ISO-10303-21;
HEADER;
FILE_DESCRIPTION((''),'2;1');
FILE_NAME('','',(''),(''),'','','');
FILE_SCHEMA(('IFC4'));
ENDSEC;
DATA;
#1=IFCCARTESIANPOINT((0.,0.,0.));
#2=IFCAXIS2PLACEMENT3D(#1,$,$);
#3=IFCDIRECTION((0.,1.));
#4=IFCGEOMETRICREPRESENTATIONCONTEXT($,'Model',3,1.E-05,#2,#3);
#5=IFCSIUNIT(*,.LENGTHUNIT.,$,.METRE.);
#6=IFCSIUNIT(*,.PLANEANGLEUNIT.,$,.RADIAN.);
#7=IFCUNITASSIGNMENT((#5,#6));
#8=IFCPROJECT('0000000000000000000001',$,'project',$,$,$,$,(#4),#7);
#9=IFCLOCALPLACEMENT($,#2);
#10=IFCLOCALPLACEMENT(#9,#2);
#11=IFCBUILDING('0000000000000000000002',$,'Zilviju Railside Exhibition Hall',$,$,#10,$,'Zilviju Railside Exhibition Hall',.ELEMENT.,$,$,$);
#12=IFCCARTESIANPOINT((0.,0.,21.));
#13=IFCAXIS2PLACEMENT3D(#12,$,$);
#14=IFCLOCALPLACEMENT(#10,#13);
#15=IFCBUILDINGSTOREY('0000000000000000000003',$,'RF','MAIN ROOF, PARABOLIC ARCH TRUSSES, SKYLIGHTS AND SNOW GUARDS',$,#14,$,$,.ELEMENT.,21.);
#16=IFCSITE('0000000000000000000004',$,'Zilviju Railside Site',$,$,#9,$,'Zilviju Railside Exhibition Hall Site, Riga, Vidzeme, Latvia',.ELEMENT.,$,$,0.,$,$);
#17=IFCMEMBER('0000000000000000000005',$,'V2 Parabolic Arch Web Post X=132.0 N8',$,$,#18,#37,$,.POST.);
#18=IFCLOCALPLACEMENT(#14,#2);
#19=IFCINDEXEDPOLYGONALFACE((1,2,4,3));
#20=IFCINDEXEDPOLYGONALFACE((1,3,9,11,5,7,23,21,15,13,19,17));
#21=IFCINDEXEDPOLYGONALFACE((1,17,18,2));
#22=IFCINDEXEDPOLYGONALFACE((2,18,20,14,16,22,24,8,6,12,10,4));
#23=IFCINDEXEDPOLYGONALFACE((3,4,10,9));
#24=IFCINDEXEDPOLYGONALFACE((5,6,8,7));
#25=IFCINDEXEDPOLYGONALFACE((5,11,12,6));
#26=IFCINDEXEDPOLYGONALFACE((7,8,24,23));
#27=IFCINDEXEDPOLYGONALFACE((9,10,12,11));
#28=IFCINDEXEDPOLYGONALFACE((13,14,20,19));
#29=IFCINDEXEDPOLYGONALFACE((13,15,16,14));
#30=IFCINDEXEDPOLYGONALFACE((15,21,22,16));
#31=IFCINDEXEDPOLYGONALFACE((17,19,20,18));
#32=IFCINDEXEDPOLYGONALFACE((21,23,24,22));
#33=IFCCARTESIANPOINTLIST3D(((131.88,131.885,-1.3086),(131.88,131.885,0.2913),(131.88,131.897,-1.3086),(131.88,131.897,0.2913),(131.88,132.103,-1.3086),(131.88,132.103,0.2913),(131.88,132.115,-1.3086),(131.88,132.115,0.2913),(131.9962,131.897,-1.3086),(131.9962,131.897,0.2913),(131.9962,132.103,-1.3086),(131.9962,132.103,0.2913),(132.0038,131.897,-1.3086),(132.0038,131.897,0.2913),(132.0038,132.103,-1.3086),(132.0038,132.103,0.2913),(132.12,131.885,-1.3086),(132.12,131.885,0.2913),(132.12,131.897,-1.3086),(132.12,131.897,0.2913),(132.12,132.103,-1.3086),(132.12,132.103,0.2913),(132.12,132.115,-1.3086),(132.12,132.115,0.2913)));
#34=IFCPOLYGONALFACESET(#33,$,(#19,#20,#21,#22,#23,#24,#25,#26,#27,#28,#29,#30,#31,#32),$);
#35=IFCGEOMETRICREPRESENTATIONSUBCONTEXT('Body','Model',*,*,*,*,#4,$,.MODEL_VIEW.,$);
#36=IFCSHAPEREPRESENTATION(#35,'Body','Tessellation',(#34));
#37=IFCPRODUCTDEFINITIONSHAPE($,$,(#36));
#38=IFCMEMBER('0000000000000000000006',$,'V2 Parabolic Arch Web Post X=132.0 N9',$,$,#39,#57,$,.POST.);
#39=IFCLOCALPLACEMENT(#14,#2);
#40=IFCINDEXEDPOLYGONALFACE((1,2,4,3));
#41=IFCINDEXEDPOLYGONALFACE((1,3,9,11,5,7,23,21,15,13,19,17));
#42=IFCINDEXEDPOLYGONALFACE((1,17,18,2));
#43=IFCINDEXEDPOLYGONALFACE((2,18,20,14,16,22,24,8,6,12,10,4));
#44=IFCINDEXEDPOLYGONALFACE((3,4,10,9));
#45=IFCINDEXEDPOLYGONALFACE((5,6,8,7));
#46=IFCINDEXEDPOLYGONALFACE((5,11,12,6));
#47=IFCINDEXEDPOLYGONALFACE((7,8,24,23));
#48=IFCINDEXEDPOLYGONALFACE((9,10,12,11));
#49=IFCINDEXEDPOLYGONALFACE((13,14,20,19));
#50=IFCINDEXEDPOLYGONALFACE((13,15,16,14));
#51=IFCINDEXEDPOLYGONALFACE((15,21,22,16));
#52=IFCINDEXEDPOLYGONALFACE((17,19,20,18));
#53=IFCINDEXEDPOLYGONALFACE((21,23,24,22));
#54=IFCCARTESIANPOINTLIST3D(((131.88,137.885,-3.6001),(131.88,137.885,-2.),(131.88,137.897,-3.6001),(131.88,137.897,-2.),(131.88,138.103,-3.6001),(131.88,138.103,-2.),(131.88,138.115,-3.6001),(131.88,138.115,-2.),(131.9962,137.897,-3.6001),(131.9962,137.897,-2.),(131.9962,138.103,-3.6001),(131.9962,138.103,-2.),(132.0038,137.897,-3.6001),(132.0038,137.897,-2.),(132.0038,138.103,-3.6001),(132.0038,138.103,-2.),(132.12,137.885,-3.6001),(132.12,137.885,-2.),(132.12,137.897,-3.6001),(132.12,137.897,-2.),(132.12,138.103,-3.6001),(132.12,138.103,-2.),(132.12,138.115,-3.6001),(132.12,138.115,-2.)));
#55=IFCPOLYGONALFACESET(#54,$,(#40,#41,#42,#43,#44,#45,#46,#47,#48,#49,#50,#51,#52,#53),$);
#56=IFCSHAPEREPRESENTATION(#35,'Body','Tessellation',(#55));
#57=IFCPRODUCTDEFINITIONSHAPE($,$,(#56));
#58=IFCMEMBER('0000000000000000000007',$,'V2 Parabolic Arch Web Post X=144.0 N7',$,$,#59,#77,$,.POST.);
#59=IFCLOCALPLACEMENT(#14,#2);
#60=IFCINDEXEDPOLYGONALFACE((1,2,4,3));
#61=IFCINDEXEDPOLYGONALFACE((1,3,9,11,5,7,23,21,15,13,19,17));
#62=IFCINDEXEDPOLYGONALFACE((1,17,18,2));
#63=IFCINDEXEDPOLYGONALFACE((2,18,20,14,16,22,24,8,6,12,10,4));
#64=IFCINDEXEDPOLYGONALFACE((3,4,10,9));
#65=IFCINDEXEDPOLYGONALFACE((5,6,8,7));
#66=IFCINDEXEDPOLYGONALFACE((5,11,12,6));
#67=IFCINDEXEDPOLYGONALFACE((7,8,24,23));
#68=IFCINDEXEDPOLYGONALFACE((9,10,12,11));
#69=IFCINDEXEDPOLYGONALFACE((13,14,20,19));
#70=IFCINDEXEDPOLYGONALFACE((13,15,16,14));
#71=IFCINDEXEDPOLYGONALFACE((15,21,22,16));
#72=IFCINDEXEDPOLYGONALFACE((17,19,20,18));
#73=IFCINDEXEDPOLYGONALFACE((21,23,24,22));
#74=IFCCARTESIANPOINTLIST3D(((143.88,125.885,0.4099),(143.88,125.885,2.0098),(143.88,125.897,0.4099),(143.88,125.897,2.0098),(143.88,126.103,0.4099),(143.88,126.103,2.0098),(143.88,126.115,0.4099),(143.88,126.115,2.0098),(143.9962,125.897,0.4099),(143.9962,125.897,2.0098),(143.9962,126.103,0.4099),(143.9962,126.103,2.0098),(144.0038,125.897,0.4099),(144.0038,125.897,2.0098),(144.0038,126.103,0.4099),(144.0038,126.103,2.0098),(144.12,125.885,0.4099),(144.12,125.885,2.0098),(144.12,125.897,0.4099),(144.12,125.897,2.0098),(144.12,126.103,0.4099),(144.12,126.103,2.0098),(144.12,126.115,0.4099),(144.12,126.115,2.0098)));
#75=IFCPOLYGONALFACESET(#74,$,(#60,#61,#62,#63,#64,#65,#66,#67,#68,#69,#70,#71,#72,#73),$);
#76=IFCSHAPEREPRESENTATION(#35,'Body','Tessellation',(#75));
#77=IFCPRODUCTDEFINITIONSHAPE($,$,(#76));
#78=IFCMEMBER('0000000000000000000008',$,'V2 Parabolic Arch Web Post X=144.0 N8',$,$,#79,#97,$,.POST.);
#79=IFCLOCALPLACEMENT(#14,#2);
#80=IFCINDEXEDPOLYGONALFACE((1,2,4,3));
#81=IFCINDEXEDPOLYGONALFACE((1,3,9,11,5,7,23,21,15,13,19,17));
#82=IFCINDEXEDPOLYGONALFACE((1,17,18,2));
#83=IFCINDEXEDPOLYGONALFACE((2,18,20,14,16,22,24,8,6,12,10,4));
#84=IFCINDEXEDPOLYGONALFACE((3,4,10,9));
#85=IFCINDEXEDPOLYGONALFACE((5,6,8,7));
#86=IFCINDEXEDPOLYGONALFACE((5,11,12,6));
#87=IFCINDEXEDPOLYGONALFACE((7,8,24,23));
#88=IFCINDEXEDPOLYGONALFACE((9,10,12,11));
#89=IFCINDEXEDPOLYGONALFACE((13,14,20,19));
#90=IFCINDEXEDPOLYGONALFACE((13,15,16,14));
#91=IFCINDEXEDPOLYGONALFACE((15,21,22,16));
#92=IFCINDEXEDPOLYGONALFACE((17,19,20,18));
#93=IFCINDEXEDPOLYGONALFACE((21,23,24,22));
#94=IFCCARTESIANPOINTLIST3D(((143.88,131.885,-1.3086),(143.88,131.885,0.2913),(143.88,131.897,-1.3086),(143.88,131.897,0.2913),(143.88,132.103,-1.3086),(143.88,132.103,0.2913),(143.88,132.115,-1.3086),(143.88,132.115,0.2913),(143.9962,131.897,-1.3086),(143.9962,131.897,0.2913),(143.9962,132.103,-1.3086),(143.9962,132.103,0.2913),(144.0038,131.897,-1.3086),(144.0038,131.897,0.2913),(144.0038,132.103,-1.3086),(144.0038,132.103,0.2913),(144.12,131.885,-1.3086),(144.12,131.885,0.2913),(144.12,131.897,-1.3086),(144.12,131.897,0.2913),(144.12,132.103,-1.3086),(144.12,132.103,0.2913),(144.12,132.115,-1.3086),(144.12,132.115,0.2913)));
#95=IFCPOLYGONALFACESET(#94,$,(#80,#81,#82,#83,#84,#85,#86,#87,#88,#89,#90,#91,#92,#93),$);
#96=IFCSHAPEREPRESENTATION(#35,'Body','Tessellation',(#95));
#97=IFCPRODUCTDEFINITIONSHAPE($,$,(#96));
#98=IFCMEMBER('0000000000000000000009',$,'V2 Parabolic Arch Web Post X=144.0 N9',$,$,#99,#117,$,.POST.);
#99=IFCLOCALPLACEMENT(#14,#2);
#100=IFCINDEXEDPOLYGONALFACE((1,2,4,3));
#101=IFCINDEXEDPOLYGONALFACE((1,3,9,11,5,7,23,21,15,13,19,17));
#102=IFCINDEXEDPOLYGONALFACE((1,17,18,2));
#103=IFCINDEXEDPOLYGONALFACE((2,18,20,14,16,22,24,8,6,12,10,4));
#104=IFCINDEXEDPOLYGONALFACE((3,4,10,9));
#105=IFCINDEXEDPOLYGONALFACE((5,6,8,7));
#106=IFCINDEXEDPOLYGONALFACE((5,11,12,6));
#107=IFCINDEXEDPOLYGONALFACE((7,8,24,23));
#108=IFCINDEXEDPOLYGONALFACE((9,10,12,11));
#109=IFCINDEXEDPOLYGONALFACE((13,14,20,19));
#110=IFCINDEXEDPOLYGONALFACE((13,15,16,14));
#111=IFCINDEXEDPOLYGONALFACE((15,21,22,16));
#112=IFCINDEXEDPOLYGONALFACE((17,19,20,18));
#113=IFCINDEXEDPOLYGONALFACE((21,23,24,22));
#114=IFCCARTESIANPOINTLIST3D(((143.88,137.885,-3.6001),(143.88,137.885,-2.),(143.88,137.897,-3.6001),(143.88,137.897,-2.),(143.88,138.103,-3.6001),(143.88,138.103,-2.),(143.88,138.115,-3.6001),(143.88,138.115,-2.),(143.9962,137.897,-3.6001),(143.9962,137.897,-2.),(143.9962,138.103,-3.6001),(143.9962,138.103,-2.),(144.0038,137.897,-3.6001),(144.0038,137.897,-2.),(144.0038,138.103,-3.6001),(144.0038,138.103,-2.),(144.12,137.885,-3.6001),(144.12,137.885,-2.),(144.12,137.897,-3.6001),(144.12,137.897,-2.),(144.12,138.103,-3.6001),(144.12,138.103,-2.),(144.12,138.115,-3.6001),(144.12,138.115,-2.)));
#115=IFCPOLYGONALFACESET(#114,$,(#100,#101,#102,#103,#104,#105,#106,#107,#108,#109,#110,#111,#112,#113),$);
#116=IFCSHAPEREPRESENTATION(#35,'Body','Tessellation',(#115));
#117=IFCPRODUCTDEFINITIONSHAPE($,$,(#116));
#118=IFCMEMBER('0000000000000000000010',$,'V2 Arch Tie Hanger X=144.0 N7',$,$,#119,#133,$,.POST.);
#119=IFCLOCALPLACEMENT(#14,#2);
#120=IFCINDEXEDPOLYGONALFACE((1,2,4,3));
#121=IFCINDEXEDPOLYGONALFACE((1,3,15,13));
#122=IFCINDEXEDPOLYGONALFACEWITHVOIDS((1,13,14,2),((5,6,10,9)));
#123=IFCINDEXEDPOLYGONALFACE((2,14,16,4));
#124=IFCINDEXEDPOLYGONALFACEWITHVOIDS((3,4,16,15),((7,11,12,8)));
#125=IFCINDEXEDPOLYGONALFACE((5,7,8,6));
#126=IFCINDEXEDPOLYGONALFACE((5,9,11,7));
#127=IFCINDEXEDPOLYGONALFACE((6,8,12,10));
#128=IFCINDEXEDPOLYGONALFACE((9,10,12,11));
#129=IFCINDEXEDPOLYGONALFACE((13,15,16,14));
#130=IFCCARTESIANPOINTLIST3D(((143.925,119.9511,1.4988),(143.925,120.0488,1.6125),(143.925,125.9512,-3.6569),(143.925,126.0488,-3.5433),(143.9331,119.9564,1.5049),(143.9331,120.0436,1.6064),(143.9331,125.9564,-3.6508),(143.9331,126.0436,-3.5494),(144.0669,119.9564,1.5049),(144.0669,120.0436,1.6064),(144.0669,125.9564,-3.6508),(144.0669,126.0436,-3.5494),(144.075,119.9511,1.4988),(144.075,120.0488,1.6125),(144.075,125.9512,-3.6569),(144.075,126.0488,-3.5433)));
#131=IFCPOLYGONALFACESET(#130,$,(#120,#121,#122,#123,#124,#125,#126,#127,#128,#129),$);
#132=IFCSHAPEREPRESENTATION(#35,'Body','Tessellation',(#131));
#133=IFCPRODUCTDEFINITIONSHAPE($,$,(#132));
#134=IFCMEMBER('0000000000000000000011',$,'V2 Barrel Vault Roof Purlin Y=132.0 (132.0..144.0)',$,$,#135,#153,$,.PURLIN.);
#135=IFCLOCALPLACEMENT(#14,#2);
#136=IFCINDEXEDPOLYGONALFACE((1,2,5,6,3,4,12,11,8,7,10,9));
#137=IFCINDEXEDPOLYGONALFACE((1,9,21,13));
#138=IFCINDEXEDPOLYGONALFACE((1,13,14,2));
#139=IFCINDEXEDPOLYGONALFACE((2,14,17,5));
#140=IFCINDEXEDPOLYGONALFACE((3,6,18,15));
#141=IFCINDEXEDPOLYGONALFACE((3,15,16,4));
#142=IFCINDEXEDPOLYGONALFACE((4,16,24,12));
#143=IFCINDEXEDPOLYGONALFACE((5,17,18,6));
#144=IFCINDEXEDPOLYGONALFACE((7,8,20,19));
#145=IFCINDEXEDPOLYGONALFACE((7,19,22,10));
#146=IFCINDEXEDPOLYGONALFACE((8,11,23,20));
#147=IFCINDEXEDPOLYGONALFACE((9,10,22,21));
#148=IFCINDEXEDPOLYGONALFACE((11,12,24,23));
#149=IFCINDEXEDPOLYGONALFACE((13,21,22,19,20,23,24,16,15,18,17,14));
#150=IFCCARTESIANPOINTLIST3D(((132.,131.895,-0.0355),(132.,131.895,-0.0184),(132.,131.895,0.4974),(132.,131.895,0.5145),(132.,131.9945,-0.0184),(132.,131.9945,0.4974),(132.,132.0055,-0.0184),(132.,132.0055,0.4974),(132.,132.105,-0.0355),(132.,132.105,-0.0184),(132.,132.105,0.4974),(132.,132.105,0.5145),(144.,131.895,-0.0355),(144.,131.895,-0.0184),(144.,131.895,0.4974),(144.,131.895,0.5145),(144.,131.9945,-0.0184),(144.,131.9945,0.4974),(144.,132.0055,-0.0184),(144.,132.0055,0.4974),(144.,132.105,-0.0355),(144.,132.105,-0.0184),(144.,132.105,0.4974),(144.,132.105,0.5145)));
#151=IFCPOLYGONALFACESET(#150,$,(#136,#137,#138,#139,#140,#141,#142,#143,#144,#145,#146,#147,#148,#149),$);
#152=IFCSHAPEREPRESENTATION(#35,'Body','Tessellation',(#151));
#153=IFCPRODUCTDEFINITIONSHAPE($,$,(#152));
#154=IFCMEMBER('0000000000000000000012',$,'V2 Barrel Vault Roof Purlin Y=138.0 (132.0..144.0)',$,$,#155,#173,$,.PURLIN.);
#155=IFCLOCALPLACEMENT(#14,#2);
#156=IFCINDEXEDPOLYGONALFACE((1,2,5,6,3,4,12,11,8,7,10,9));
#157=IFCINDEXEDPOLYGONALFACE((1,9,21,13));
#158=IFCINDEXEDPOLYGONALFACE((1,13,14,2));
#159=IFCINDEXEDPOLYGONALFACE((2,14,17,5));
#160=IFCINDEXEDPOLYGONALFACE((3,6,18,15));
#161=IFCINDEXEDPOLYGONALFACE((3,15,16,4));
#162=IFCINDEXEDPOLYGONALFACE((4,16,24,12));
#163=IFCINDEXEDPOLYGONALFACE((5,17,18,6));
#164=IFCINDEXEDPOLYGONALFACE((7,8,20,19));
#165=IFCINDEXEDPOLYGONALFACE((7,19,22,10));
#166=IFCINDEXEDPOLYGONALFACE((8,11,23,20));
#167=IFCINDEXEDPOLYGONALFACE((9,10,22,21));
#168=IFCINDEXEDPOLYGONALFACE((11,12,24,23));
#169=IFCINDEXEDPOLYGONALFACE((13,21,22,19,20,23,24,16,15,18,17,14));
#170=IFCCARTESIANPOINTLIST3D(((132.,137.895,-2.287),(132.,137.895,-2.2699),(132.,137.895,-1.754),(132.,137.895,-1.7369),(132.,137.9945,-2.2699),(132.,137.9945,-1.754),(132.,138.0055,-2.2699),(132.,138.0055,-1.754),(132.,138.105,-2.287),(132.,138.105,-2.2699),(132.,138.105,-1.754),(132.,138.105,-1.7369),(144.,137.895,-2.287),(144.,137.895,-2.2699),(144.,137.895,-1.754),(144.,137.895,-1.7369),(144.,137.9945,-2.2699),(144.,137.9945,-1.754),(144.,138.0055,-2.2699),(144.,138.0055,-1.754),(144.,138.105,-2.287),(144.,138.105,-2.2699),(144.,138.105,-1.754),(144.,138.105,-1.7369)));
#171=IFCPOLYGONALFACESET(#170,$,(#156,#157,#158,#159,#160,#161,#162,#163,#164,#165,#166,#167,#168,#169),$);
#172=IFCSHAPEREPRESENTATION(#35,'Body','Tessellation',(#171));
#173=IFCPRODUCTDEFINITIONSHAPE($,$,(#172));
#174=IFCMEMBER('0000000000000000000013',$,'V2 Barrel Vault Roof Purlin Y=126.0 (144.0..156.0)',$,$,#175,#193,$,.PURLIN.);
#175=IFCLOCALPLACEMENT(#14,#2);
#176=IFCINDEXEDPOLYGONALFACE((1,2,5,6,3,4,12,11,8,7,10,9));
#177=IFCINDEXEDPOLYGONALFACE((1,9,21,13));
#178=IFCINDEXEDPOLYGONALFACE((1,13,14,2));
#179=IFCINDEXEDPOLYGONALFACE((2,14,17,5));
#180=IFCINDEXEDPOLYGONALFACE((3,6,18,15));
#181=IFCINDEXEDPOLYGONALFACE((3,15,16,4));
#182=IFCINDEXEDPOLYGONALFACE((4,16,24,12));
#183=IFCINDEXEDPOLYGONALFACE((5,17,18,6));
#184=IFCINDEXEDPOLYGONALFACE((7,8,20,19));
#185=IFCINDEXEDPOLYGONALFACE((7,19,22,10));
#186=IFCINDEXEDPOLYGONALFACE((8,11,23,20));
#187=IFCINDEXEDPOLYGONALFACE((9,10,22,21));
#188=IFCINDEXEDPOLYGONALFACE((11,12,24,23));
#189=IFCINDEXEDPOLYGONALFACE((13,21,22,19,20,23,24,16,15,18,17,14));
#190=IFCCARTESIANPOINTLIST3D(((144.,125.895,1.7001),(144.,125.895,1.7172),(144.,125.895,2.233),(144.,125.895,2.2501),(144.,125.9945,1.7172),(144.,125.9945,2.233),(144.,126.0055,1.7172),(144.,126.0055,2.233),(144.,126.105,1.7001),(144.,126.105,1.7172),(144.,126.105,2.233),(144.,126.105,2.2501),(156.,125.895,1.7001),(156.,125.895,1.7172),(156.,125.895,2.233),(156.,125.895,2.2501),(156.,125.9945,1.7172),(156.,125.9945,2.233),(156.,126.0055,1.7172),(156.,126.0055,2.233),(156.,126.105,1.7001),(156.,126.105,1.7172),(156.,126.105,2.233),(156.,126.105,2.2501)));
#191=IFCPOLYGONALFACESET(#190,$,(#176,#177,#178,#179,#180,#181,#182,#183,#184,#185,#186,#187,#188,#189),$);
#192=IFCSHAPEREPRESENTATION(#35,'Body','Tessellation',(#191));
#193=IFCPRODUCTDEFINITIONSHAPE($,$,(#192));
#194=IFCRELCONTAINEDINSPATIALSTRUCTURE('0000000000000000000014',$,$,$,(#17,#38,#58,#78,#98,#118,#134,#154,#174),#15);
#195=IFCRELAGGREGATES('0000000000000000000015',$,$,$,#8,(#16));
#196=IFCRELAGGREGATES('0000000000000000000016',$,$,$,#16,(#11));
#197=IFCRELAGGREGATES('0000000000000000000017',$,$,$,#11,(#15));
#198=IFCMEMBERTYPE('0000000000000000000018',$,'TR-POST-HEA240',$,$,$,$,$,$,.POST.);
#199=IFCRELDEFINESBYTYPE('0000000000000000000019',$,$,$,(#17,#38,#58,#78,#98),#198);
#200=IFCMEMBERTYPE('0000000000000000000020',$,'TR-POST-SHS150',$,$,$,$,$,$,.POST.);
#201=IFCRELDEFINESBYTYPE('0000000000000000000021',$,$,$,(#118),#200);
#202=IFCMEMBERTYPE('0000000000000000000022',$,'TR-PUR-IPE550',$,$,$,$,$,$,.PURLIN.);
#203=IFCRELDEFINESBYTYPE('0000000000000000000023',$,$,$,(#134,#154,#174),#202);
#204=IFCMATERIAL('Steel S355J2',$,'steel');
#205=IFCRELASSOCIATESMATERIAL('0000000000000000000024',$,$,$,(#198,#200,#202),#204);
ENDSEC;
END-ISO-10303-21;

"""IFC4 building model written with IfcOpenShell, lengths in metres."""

from ifc_helpers import new_model, si_unit, direction, frame, origin, origin_2d, place, context, subcontext, project, spatial, hollow_rectangle, i_section, extrude, material, material_profile, profile_set, type_object, element, save


model = new_model("IFC4")

# Units and contexts
model_context = context("Model", 3, precision=1e-05, world=origin(), true_north=direction((0.0, 1.0)))
body_context = subcontext(model_context, "Body", "Model", "MODEL_VIEW")
ifc_project = project(units=[si_unit("LENGTHUNIT", "METRE"), si_unit("PLANEANGLEUNIT", "RADIAN")], contexts=[model_context])

# Site, building, storey
site_placement = place(None, origin())
site = spatial("IfcSite", under=ifc_project, at=site_placement, Name="Zilviju Railside Site", LongName="Zilviju Railside Exhibition Hall Site, Riga, Vidzeme, Latvia", CompositionType="ELEMENT", RefElevation=0.0)
building_placement = place(site_placement, origin())
building = spatial("IfcBuilding", under=site, at=building_placement, Name="Zilviju Railside Exhibition Hall", LongName="Zilviju Railside Exhibition Hall", CompositionType="ELEMENT")
storey_placement = place(building_placement, frame((0.0, 0.0, 21.0)))
storey = spatial("IfcBuildingStorey", under=building, at=storey_placement, Name="RF", Description="MAIN ROOF, PARABOLIC ARCH TRUSSES, SKYLIGHTS AND SNOW GUARDS", CompositionType="ELEMENT", Elevation=21.0)

# Shared definitions
ifc_material_1 = material(Name="Steel S355J2", Category="steel")

# Members
ifc_material_profile_1 = material_profile(ifc_material_1, i_section(OverallWidth=0.24, OverallDepth=0.23, WebThickness=0.0076, FlangeThickness=0.012, at=origin_2d()), Name="HEA 240")
ifc_profile_set_1 = profile_set([ifc_material_profile_1], Name="Steel S355J2")
member_type_1 = type_object("IfcMemberType", Name="TR-POST-HEA240", PredefinedType="POST", material=ifc_profile_set_1)
member_1_placement = place(storey_placement, frame((132.0, 132.0, -1.3086), z_axis=(0.0, 0.0, 1.0), x_axis=(1.0, 0.0, 0.0)))
element("IfcMember", 1, at=member_1_placement, inside=storey, type_object=member_type_1, Name="V2 Parabolic Arch Web Post X=132.0 N8", PredefinedType="POST", context=body_context, shape_type="SweptSolid", body=[
    extrude(i_section(OverallWidth=0.24, OverallDepth=0.23, WebThickness=0.0076, FlangeThickness=0.012, at=origin_2d()), origin(), (0.0, 0.0, 1.0), 1.5999),
])
member_2_placement = place(storey_placement, frame((132.0, 138.0, -3.6001), z_axis=(0.0, 0.0, 1.0), x_axis=(1.0, 0.0, 0.0)))
element("IfcMember", 2, at=member_2_placement, inside=storey, type_object=member_type_1, Name="V2 Parabolic Arch Web Post X=132.0 N9", PredefinedType="POST", context=body_context, shape_type="SweptSolid", body=[
    extrude(i_section(OverallWidth=0.24, OverallDepth=0.23, WebThickness=0.0076, FlangeThickness=0.012, at=origin_2d()), origin(), (0.0, 0.0, 1.0), 1.6001),
])
for number, where, z_axis, x_axis, name in (
    (3, (144.0, 126.0, 0.4099), (0.0, 0.0, 1.0), (1.0, 0.0, 0.0), "V2 Parabolic Arch Web Post X=144.0 N7"),
    (4, (144.0, 132.0, -1.3086), (0.0, 0.0, 1.0), (1.0, 0.0, 0.0), "V2 Parabolic Arch Web Post X=144.0 N8"),
):
    element("IfcMember", number, at=place(storey_placement, frame(where, z_axis=z_axis, x_axis=x_axis)), inside=storey, type_object=member_type_1, Name=name, PredefinedType="POST", context=body_context, shape_type="SweptSolid", body=[
        extrude(i_section(OverallWidth=0.24, OverallDepth=0.23, WebThickness=0.0076, FlangeThickness=0.012, at=origin_2d()), origin(), (0.0, 0.0, 1.0), 1.5999),
    ])
member_3_placement = place(storey_placement, frame((144.0, 138.0, -3.6001), z_axis=(0.0, 0.0, 1.0), x_axis=(1.0, 0.0, 0.0)))
element("IfcMember", 5, at=member_3_placement, inside=storey, type_object=member_type_1, Name="V2 Parabolic Arch Web Post X=144.0 N9", PredefinedType="POST", context=body_context, shape_type="SweptSolid", body=[
    extrude(i_section(OverallWidth=0.24, OverallDepth=0.23, WebThickness=0.0076, FlangeThickness=0.012, at=origin_2d()), origin(), (0.0, 0.0, 1.0), 1.6001),
])
ifc_material_profile_2 = material_profile(ifc_material_1, hollow_rectangle(XDim=0.1499, YDim=0.1499, WallThickness=0.0081, at=origin_2d()), Name="SHS 150x150x8.0")
ifc_profile_set_2 = profile_set([ifc_material_profile_2], Name="Steel S355J2")
member_type_2 = type_object("IfcMemberType", Name="TR-POST-SHS150", PredefinedType="POST", material=ifc_profile_set_2)
member_4_placement = place(storey_placement, frame((144.0, 126.0, -3.6001), z_axis=(0.0, -0.75845, 0.651731), x_axis=(1.0, 0.0, 0.0)))
element("IfcMember", 6, at=member_4_placement, inside=storey, type_object=member_type_2, Name="V2 Arch Tie Hanger X=144.0 N7", PredefinedType="POST", context=body_context, shape_type="SweptSolid", body=[
    extrude(hollow_rectangle(XDim=0.1499, YDim=0.1499, WallThickness=0.0081, at=origin_2d()), origin(), (0.0, 0.0, 1.0), 7.9109),
])
ifc_material_profile_3 = material_profile(ifc_material_1, i_section(OverallWidth=0.21, OverallDepth=0.55, WebThickness=0.011, FlangeThickness=0.0171, at=origin_2d()), Name="IPE 550")
ifc_profile_set_3 = profile_set([ifc_material_profile_3], Name="Steel S355J2")
member_type_3 = type_object("IfcMemberType", Name="TR-PUR-IPE550", PredefinedType="PURLIN", material=ifc_profile_set_3)
for number, where, z_axis, x_axis, name in (
    (7, (132.0, 132.0, 0.2395), (1.0, 0.0, 0.0), (0.0, 1.0, 0.0), "V2 Barrel Vault Roof Purlin Y=132.0 (132.0..144.0)"),
    (8, (132.0, 138.0, -2.012), (1.0, 0.0, 0.0), (0.0, 1.0, 0.0), "V2 Barrel Vault Roof Purlin Y=138.0 (132.0..144.0)"),
    (9, (144.0, 126.0, 1.9751), (1.0, 0.0, 0.0), (0.0, 1.0, 0.0), "V2 Barrel Vault Roof Purlin Y=126.0 (144.0..156.0)"),
):
    element("IfcMember", number, at=place(storey_placement, frame(where, z_axis=z_axis, x_axis=x_axis)), inside=storey, type_object=member_type_3, Name=name, PredefinedType="PURLIN", context=body_context, shape_type="SweptSolid", body=[
        extrude(i_section(OverallWidth=0.21, OverallDepth=0.55, WebThickness=0.011, FlangeThickness=0.0171, at=origin_2d()), origin(), (0.0, 0.0, 1.0), 12.0),
    ])

save(model, "model.ifc")
